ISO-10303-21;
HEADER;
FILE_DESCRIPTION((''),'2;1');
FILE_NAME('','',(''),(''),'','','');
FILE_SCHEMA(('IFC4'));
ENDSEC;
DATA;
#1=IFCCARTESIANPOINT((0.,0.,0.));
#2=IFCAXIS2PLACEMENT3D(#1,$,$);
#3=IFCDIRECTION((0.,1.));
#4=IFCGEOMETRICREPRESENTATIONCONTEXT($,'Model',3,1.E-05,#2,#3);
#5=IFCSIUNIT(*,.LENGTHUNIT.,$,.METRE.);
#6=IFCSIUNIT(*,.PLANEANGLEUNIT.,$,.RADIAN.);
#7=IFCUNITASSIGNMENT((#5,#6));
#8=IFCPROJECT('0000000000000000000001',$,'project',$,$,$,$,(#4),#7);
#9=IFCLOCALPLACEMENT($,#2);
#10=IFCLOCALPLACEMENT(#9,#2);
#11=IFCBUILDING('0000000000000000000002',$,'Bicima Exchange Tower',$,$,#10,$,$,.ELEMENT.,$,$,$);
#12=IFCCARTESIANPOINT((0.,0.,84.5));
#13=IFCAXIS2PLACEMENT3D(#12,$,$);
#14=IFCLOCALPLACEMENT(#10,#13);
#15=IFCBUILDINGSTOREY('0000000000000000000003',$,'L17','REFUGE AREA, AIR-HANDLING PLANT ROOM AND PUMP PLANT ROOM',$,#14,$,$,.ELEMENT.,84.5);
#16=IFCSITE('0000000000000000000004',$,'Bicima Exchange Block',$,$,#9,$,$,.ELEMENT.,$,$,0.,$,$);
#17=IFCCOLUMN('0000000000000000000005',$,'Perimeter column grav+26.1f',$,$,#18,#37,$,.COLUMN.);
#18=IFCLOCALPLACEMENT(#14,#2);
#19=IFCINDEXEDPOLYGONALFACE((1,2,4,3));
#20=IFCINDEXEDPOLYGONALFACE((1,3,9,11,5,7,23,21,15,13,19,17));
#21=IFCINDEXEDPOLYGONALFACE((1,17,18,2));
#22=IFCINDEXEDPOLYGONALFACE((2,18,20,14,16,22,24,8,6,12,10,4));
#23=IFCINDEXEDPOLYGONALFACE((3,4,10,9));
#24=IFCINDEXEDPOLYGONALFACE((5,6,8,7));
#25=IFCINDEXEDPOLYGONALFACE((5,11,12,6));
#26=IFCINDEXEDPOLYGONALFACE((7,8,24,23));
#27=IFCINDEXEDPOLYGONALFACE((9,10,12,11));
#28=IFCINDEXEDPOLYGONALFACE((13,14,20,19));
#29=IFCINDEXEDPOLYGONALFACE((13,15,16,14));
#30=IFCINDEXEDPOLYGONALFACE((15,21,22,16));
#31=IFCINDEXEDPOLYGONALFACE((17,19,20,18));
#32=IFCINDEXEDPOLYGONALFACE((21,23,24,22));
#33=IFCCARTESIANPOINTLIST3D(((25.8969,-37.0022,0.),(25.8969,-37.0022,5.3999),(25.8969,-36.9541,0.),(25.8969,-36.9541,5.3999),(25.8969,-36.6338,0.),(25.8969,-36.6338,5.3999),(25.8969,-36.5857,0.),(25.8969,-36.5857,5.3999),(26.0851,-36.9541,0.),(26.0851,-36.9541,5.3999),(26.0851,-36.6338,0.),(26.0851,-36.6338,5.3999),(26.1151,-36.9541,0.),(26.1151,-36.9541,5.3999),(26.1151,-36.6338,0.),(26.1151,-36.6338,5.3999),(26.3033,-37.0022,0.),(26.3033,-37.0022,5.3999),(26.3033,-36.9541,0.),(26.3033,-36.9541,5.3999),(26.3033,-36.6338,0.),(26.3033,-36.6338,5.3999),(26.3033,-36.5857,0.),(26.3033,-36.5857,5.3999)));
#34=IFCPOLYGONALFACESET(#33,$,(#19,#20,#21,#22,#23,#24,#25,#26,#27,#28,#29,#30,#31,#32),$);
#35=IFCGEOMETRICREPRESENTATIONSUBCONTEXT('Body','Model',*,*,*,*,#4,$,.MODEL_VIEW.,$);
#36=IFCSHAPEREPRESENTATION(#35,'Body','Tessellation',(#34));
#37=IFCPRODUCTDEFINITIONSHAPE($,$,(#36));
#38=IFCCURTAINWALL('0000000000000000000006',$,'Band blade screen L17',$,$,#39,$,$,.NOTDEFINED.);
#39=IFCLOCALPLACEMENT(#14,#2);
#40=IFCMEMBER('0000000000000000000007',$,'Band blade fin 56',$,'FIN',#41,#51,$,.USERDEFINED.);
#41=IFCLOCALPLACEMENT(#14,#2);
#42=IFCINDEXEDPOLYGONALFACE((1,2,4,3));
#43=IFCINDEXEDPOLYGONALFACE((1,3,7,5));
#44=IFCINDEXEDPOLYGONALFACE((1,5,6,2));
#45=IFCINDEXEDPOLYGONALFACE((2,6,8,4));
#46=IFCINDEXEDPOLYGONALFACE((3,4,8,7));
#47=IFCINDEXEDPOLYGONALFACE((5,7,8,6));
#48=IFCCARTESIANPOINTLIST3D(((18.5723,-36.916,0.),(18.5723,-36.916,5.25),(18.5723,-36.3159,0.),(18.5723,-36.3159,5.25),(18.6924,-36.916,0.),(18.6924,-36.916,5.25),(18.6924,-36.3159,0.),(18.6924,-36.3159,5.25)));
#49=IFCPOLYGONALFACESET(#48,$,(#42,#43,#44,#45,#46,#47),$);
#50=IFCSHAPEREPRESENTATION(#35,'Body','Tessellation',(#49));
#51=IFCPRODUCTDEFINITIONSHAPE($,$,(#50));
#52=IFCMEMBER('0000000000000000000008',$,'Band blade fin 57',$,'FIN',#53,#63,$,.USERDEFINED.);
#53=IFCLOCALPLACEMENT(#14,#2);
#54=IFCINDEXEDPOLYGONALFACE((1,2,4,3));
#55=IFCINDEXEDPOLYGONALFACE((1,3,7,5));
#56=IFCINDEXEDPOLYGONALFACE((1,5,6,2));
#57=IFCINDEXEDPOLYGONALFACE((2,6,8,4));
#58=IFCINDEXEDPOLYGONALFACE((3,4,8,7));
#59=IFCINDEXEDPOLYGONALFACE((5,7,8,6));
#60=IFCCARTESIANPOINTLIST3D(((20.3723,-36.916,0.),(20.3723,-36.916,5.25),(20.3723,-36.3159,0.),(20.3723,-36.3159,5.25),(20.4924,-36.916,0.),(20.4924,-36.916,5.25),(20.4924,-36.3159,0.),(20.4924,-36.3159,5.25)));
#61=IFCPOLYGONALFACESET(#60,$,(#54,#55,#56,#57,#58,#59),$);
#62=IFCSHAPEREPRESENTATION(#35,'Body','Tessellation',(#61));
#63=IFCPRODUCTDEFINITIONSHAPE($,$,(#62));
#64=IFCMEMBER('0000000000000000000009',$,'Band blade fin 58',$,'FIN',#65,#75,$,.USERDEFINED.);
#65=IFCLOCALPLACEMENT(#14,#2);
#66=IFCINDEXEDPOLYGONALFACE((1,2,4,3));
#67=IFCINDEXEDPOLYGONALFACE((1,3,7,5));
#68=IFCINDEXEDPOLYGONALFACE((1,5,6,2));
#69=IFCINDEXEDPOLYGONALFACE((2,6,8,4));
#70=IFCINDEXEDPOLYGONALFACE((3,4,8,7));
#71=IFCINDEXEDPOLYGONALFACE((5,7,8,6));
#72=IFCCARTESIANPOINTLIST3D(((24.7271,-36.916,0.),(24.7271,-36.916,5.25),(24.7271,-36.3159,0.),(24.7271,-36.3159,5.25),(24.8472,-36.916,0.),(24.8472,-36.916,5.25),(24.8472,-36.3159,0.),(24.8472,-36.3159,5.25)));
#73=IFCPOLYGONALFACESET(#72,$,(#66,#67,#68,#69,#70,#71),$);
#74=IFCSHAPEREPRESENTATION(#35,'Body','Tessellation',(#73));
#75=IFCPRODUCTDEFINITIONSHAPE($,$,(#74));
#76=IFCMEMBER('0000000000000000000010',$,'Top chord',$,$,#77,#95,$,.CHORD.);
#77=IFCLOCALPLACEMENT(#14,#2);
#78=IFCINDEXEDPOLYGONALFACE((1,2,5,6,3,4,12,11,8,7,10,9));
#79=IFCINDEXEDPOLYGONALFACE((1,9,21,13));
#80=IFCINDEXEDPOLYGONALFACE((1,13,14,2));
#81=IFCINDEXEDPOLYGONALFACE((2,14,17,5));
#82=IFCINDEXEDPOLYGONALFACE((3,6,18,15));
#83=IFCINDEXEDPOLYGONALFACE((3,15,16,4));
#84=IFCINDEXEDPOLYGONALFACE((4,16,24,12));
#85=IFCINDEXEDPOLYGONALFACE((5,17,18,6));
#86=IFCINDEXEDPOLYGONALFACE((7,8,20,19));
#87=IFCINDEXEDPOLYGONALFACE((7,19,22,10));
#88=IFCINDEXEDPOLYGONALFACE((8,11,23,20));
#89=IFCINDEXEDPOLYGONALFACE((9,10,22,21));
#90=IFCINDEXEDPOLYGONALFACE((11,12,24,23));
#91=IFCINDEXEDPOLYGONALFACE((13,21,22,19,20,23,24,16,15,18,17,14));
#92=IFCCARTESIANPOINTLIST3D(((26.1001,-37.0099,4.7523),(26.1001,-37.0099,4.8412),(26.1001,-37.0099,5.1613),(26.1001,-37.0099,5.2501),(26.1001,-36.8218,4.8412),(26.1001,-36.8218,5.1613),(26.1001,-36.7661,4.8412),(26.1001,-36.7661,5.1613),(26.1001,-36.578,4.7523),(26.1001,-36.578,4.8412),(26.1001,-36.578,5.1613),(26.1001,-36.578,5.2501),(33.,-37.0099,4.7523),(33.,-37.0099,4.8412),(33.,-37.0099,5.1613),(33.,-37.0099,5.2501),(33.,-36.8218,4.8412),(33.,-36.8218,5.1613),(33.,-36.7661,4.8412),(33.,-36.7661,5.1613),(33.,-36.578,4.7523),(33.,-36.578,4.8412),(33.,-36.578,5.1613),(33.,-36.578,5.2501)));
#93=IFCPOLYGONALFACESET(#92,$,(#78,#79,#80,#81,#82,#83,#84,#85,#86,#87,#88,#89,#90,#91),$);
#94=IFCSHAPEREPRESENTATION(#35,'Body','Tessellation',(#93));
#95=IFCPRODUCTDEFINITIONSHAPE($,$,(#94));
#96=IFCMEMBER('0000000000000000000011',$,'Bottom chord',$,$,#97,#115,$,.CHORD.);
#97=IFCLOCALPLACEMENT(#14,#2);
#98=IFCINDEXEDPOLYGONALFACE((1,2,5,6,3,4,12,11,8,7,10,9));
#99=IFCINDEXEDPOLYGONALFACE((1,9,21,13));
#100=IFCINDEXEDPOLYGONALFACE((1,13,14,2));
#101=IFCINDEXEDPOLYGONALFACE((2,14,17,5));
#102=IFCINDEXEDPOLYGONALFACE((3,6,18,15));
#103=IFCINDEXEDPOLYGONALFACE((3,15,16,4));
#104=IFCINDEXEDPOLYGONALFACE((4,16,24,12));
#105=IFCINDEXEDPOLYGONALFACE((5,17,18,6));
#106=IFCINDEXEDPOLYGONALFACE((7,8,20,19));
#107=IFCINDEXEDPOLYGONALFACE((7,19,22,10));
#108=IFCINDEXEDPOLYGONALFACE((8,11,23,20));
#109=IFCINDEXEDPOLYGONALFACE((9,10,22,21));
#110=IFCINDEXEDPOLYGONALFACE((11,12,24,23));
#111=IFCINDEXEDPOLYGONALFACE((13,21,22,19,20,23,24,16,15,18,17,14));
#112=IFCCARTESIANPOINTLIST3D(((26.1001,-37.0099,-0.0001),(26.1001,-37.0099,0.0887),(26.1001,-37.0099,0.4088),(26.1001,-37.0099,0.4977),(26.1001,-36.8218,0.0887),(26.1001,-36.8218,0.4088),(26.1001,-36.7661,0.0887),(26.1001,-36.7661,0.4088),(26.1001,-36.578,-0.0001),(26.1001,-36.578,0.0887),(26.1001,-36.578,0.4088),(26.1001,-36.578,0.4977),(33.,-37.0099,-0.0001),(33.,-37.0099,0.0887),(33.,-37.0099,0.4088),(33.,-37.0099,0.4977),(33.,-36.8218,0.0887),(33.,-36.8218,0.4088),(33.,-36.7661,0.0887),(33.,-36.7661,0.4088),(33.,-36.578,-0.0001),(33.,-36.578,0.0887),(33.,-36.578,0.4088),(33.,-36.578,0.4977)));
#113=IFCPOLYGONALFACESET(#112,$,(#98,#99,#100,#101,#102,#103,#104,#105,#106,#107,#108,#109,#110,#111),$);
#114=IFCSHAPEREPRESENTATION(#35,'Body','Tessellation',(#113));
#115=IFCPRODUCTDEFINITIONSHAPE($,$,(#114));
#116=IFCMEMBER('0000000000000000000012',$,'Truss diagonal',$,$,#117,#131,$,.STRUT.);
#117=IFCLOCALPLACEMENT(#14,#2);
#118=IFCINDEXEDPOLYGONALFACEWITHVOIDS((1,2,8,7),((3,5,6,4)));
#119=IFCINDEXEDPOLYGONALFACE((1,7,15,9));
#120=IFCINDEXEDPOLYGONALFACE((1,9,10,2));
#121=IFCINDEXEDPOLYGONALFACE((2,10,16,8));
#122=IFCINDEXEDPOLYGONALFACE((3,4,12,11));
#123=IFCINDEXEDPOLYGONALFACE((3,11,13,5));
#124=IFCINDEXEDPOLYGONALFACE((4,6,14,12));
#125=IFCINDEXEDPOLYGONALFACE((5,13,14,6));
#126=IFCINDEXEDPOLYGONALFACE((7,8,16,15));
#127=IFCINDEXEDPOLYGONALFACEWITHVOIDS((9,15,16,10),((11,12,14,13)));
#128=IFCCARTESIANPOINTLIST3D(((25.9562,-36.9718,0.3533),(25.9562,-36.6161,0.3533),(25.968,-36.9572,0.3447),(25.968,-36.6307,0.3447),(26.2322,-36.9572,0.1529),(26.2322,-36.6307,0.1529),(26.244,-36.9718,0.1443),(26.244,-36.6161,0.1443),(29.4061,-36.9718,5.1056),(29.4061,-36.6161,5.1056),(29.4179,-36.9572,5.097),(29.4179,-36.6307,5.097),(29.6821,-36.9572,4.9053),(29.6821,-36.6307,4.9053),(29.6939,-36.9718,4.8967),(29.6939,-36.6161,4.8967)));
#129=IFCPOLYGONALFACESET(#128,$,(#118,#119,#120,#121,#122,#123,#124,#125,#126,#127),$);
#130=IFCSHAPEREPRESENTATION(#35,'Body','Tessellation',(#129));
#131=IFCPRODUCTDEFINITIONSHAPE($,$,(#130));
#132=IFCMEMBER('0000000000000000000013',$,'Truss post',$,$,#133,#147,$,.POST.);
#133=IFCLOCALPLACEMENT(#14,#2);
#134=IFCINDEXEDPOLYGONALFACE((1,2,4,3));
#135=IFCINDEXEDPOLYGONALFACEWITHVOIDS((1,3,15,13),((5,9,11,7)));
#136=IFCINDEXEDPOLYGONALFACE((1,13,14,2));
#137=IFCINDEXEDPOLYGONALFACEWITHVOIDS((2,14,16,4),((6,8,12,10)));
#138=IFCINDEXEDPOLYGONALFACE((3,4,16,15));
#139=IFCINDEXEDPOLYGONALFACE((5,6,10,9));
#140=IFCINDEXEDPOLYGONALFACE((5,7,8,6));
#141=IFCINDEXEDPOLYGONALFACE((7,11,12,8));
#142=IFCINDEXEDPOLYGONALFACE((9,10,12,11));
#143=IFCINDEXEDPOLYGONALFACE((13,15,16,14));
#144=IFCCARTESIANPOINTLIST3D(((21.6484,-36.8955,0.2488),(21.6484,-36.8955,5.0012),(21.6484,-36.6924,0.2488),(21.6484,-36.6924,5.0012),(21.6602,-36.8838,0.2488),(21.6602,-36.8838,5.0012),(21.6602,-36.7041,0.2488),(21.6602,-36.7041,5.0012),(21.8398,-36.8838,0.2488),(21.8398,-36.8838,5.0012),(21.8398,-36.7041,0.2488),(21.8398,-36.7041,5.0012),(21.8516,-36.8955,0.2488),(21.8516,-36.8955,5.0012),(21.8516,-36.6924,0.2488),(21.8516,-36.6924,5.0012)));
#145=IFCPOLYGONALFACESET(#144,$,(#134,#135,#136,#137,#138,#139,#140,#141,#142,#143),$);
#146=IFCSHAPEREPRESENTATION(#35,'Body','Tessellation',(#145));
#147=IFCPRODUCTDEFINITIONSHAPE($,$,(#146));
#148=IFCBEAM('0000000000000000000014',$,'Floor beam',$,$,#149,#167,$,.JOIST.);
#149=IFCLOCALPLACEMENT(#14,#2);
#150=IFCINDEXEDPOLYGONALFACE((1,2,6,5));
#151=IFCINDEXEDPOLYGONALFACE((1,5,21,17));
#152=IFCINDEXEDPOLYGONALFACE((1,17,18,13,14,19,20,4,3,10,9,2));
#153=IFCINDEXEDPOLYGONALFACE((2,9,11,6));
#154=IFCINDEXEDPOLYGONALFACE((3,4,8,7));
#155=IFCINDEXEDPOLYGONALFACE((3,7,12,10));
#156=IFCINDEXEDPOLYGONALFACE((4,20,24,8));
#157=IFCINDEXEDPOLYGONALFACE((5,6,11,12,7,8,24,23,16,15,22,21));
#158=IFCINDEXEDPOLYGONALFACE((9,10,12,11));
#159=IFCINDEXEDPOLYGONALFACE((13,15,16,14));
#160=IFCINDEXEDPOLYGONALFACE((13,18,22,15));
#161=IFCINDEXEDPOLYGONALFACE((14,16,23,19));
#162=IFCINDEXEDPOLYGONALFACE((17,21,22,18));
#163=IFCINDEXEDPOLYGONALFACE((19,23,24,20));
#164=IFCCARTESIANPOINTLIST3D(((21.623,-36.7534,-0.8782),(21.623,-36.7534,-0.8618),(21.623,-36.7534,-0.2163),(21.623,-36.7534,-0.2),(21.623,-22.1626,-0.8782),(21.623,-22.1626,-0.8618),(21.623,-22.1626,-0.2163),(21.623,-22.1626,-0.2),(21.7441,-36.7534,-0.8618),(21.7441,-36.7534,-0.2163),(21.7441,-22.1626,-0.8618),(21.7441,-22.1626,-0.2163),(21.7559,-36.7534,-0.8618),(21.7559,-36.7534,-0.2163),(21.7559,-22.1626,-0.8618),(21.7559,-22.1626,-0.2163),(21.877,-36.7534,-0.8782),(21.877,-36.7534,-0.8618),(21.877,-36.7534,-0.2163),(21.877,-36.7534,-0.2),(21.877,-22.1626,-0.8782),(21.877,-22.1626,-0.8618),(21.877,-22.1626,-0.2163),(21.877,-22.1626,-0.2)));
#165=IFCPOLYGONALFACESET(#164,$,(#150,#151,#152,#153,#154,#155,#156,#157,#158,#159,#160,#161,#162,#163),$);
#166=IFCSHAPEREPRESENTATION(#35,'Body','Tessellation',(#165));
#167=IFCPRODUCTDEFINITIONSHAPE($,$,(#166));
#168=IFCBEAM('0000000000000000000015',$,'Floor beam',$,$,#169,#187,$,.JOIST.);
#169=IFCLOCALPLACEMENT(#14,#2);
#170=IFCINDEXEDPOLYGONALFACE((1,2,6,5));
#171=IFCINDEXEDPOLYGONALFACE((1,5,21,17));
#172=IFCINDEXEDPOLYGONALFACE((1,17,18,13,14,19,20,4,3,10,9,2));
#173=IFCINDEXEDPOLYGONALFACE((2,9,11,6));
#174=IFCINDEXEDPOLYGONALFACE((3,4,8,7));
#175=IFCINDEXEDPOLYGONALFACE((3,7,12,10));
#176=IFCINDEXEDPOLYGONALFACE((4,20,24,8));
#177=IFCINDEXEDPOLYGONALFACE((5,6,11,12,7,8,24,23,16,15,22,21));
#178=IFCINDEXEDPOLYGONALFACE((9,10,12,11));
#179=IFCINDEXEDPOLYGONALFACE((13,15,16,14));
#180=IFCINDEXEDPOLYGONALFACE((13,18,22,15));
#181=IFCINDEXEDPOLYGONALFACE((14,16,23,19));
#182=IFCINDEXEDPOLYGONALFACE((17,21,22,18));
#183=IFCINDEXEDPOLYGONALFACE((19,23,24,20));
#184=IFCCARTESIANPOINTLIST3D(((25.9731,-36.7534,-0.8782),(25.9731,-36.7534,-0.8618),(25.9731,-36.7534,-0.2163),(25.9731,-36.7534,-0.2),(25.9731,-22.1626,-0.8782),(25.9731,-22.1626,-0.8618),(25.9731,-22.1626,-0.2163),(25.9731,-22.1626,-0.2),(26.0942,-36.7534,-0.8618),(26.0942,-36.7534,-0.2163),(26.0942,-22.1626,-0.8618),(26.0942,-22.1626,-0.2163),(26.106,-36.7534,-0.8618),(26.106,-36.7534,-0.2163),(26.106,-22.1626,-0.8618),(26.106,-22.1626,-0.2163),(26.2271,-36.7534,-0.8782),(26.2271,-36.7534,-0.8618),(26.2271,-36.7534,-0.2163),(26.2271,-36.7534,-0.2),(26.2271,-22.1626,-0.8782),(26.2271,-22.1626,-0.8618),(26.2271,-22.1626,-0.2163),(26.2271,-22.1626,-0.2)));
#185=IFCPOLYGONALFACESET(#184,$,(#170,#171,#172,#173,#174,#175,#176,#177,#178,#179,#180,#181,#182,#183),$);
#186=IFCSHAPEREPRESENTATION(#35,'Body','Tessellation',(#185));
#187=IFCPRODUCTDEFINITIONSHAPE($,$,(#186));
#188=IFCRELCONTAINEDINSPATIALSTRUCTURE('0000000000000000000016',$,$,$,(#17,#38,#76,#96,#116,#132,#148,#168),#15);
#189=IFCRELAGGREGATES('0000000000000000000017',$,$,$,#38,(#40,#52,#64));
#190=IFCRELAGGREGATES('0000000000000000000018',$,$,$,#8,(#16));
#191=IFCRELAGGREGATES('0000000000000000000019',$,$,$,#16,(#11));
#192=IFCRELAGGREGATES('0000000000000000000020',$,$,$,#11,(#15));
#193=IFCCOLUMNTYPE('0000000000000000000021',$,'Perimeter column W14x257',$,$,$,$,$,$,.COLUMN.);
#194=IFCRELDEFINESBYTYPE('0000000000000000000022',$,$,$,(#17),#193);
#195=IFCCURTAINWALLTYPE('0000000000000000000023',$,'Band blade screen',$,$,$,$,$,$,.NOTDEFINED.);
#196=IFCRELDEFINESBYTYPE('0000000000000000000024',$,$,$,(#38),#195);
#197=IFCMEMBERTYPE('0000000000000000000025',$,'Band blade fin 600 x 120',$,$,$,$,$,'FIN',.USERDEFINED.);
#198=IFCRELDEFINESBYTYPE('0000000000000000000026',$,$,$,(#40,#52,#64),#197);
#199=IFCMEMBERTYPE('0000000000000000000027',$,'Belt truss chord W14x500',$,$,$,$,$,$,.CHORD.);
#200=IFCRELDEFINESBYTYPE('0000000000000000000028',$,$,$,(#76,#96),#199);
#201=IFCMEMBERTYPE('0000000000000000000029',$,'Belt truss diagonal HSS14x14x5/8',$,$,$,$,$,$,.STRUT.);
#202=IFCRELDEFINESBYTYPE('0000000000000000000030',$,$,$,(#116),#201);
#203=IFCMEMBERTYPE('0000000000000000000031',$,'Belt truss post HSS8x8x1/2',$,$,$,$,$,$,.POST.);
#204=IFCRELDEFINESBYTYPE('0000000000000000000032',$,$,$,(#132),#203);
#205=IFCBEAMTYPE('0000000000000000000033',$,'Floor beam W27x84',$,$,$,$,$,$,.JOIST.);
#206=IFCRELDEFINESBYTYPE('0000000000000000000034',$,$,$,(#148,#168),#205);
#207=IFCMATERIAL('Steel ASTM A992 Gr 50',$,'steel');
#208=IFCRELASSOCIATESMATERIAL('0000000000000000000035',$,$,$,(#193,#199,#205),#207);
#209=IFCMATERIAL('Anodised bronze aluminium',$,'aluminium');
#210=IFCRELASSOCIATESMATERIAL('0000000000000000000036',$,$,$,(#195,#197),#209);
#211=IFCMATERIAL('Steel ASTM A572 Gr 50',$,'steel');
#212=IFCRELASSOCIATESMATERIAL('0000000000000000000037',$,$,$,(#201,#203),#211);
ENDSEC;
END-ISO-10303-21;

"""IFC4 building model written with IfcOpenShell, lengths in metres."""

from ifc_helpers import new_model, si_unit, direction, frame, origin, origin_2d, place, context, subcontext, project, spatial, rectangle, hollow_rectangle, i_section, extrude, material, material_profile, profile_set, type_object, element, aggregate, save


model = new_model("IFC4")

# Units and contexts
model_context = context("Model", 3, precision=1e-05, world=origin(), true_north=direction((0.0, 1.0)))
body_context = subcontext(model_context, "Body", "Model", "MODEL_VIEW")
ifc_project = project(units=[si_unit("LENGTHUNIT", "METRE"), si_unit("PLANEANGLEUNIT", "RADIAN")], contexts=[model_context])

# Site, building, storey
site_placement = place(None, origin())
site = spatial("IfcSite", under=ifc_project, at=site_placement, Name="Bicima Exchange Block", CompositionType="ELEMENT", RefElevation=0.0)
building_placement = place(site_placement, origin())
building = spatial("IfcBuilding", under=site, at=building_placement, Name="Bicima Exchange Tower", CompositionType="ELEMENT")
storey_placement = place(building_placement, frame((0.0, 0.0, 84.5)))
storey = spatial("IfcBuildingStorey", under=building, at=storey_placement, Name="L17", Description="REFUGE AREA, AIR-HANDLING PLANT ROOM AND PUMP PLANT ROOM", CompositionType="ELEMENT", Elevation=84.5)

# Column
ifc_material_1 = material(Name="Steel ASTM A992 Gr 50", Category="steel")
ifc_material_profile_1 = material_profile(ifc_material_1, i_section(OverallWidth=0.4065, OverallDepth=0.4165, WebThickness=0.03, FlangeThickness=0.0481, at=origin_2d()))
ifc_profile_set_1 = profile_set([ifc_material_profile_1], Name="Steel ASTM A992 Gr 50")
column_type = type_object("IfcColumnType", Name="Perimeter column W14x257", PredefinedType="COLUMN", material=ifc_profile_set_1)
column_placement = place(storey_placement, frame((26.1001, -36.7939, 0.0), z_axis=(0.0, 0.0, 1.0), x_axis=(1.0, 0.0, 0.0)))
element("IfcColumn", 1, at=column_placement, inside=storey, type_object=column_type, Name="Perimeter column grav+26.1f", PredefinedType="COLUMN", context=body_context, shape_type="SweptSolid", body=[
    extrude(i_section(OverallWidth=0.4065, OverallDepth=0.4165, WebThickness=0.03, FlangeThickness=0.0481, at=origin_2d()), origin(), (0.0, 0.0, 1.0), 5.3999),
])

# Curtain wall, members
ifc_material_2 = material(Name="Anodised bronze aluminium", Category="aluminium")
curtain_wall_type = type_object("IfcCurtainWallType", Name="Band blade screen", PredefinedType="NOTDEFINED", material=ifc_material_2)
curtain_wall_placement = place(storey_placement, origin())
curtain_wall = element("IfcCurtainWall", 2, at=curtain_wall_placement, inside=storey, type_object=curtain_wall_type, Name="Band blade screen L17", PredefinedType="NOTDEFINED")
ifc_material_profile_2 = material_profile(ifc_material_2, rectangle(XDim=0.6001, YDim=0.1201, at=origin_2d()))
ifc_profile_set_2 = profile_set([ifc_material_profile_2], Name="Anodised bronze aluminium")
member_type_1 = type_object("IfcMemberType", Name="Band blade fin 600 x 120", ElementType="FIN", PredefinedType="USERDEFINED", material=ifc_profile_set_2)
member_1_placement = place(storey_placement, frame((18.6323, -36.616, 0.0), z_axis=(0.0, 0.0, 1.0), x_axis=(0.0, 1.0, 0.0)))
member_1 = element("IfcMember", 3, at=member_1_placement, type_object=member_type_1, Name="Band blade fin 56", ObjectType="FIN", PredefinedType="USERDEFINED", context=body_context, shape_type="SweptSolid", body=[
    extrude(rectangle(XDim=0.6001, YDim=0.1201, at=origin_2d()), origin(), (0.0, 0.0, 1.0), 5.25),
])
member_2_placement = place(storey_placement, frame((20.4324, -36.616, 0.0), z_axis=(0.0, 0.0, 1.0), x_axis=(0.0, 1.0, 0.0)))
member_2 = element("IfcMember", 4, at=member_2_placement, type_object=member_type_1, Name="Band blade fin 57", ObjectType="FIN", PredefinedType="USERDEFINED", context=body_context, shape_type="SweptSolid", body=[
    extrude(rectangle(XDim=0.6001, YDim=0.1201, at=origin_2d()), origin(), (0.0, 0.0, 1.0), 5.25),
])
member_3_placement = place(storey_placement, frame((24.7871, -36.616, 0.0), z_axis=(0.0, 0.0, 1.0), x_axis=(0.0, 1.0, 0.0)))
member_3 = element("IfcMember", 5, at=member_3_placement, type_object=member_type_1, Name="Band blade fin 58", ObjectType="FIN", PredefinedType="USERDEFINED", context=body_context, shape_type="SweptSolid", body=[
    extrude(rectangle(XDim=0.6001, YDim=0.1201, at=origin_2d()), origin(), (0.0, 0.0, 1.0), 5.25),
])
aggregate(curtain_wall, [member_1, member_2, member_3])

# Members
ifc_material_profile_3 = material_profile(ifc_material_1, i_section(OverallWidth=0.4319, OverallDepth=0.4978, WebThickness=0.0557, FlangeThickness=0.0889, at=origin_2d()))
ifc_profile_set_3 = profile_set([ifc_material_profile_3], Name="Steel ASTM A992 Gr 50")
member_type_2 = type_object("IfcMemberType", Name="Belt truss chord W14x500", PredefinedType="CHORD", material=ifc_profile_set_3)
for number, where, z_axis, x_axis, name in (
    (6, (26.1001, -36.7939, 5.0012), (1.0, 0.0, 0.0), (0.0, 1.0, 0.0), "Top chord"),
    (7, (26.1001, -36.7939, 0.2488), (1.0, 0.0, 0.0), (0.0, 1.0, 0.0), "Bottom chord"),
):
    element("IfcMember", number, at=place(storey_placement, frame(where, z_axis=z_axis, x_axis=x_axis)), inside=storey, type_object=member_type_2, Name=name, PredefinedType="CHORD", context=body_context, shape_type="SweptSolid", body=[
        extrude(i_section(OverallWidth=0.4319, OverallDepth=0.4978, WebThickness=0.0557, FlangeThickness=0.0889, at=origin_2d()), origin(), (0.0, 0.0, 1.0), 6.8999),
    ])
ifc_material_3 = material(Name="Steel ASTM A572 Gr 50", Category="steel")
ifc_material_profile_4 = material_profile(ifc_material_3, hollow_rectangle(XDim=0.3557, YDim=0.3557, WallThickness=0.0146, at=origin_2d()))
ifc_profile_set_4 = profile_set([ifc_material_profile_4], Name="Steel ASTM A572 Gr 50")
member_type_3 = type_object("IfcMemberType", Name="Belt truss diagonal HSS14x14x5/8", PredefinedType="STRUT", material=ifc_profile_set_4)
member_4_placement = place(storey_placement, frame((26.1001, -36.7939, 0.2488), z_axis=(0.587462, 0.0, 0.809252), x_axis=(0.0, 1.0, 0.0)))
element("IfcMember", 8, at=member_4_placement, inside=storey, type_object=member_type_3, Name="Truss diagonal", PredefinedType="STRUT", context=body_context, shape_type="SweptSolid", body=[
    extrude(hollow_rectangle(XDim=0.3557, YDim=0.3557, WallThickness=0.0146, at=origin_2d()), origin(), (0.0, 0.0, 1.0), 5.8726),
])
ifc_material_profile_5 = material_profile(ifc_material_3, hollow_rectangle(XDim=0.2031, YDim=0.2031, WallThickness=0.0117, at=origin_2d()))
ifc_profile_set_5 = profile_set([ifc_material_profile_5], Name="Steel ASTM A572 Gr 50")
member_type_4 = type_object("IfcMemberType", Name="Belt truss post HSS8x8x1/2", PredefinedType="POST", material=ifc_profile_set_5)
member_5_placement = place(storey_placement, frame((21.75, -36.7939, 0.2488), z_axis=(0.0, 0.0, 1.0), x_axis=(1.0, 0.0, 0.0)))
element("IfcMember", 9, at=member_5_placement, inside=storey, type_object=member_type_4, Name="Truss post", PredefinedType="POST", context=body_context, shape_type="SweptSolid", body=[
    extrude(hollow_rectangle(XDim=0.2031, YDim=0.2031, WallThickness=0.0117, at=origin_2d()), origin(), (0.0, 0.0, 1.0), 4.7524),
])

# Beams
ifc_material_profile_6 = material_profile(ifc_material_1, i_section(OverallWidth=0.2539, OverallDepth=0.6782, WebThickness=0.0117, FlangeThickness=0.0164, at=origin_2d()))
ifc_profile_set_6 = profile_set([ifc_material_profile_6], Name="Steel ASTM A992 Gr 50")
beam_type_1 = type_object("IfcBeamType", Name="Floor beam W27x84", PredefinedType="JOIST", material=ifc_profile_set_6)
for number, where, z_axis, x_axis, name in (
    (10, (21.75, -22.1626, -0.5391), (0.0, -1.0, 0.0), (1.0, 0.0, 0.0), "Floor beam"),
    (11, (26.1001, -22.1626, -0.5391), (0.0, -1.0, 0.0), (1.0, 0.0, 0.0), "Floor beam"),
):
    element("IfcBeam", number, at=place(storey_placement, frame(where, z_axis=z_axis, x_axis=x_axis)), inside=storey, type_object=beam_type_1, Name=name, PredefinedType="JOIST", context=body_context, shape_type="SweptSolid", body=[
        extrude(i_section(OverallWidth=0.2539, OverallDepth=0.6782, WebThickness=0.0117, FlangeThickness=0.0164, at=origin_2d()), origin(), (0.0, 0.0, 1.0), 14.5908),
    ])

save(model, "model.ifc")
